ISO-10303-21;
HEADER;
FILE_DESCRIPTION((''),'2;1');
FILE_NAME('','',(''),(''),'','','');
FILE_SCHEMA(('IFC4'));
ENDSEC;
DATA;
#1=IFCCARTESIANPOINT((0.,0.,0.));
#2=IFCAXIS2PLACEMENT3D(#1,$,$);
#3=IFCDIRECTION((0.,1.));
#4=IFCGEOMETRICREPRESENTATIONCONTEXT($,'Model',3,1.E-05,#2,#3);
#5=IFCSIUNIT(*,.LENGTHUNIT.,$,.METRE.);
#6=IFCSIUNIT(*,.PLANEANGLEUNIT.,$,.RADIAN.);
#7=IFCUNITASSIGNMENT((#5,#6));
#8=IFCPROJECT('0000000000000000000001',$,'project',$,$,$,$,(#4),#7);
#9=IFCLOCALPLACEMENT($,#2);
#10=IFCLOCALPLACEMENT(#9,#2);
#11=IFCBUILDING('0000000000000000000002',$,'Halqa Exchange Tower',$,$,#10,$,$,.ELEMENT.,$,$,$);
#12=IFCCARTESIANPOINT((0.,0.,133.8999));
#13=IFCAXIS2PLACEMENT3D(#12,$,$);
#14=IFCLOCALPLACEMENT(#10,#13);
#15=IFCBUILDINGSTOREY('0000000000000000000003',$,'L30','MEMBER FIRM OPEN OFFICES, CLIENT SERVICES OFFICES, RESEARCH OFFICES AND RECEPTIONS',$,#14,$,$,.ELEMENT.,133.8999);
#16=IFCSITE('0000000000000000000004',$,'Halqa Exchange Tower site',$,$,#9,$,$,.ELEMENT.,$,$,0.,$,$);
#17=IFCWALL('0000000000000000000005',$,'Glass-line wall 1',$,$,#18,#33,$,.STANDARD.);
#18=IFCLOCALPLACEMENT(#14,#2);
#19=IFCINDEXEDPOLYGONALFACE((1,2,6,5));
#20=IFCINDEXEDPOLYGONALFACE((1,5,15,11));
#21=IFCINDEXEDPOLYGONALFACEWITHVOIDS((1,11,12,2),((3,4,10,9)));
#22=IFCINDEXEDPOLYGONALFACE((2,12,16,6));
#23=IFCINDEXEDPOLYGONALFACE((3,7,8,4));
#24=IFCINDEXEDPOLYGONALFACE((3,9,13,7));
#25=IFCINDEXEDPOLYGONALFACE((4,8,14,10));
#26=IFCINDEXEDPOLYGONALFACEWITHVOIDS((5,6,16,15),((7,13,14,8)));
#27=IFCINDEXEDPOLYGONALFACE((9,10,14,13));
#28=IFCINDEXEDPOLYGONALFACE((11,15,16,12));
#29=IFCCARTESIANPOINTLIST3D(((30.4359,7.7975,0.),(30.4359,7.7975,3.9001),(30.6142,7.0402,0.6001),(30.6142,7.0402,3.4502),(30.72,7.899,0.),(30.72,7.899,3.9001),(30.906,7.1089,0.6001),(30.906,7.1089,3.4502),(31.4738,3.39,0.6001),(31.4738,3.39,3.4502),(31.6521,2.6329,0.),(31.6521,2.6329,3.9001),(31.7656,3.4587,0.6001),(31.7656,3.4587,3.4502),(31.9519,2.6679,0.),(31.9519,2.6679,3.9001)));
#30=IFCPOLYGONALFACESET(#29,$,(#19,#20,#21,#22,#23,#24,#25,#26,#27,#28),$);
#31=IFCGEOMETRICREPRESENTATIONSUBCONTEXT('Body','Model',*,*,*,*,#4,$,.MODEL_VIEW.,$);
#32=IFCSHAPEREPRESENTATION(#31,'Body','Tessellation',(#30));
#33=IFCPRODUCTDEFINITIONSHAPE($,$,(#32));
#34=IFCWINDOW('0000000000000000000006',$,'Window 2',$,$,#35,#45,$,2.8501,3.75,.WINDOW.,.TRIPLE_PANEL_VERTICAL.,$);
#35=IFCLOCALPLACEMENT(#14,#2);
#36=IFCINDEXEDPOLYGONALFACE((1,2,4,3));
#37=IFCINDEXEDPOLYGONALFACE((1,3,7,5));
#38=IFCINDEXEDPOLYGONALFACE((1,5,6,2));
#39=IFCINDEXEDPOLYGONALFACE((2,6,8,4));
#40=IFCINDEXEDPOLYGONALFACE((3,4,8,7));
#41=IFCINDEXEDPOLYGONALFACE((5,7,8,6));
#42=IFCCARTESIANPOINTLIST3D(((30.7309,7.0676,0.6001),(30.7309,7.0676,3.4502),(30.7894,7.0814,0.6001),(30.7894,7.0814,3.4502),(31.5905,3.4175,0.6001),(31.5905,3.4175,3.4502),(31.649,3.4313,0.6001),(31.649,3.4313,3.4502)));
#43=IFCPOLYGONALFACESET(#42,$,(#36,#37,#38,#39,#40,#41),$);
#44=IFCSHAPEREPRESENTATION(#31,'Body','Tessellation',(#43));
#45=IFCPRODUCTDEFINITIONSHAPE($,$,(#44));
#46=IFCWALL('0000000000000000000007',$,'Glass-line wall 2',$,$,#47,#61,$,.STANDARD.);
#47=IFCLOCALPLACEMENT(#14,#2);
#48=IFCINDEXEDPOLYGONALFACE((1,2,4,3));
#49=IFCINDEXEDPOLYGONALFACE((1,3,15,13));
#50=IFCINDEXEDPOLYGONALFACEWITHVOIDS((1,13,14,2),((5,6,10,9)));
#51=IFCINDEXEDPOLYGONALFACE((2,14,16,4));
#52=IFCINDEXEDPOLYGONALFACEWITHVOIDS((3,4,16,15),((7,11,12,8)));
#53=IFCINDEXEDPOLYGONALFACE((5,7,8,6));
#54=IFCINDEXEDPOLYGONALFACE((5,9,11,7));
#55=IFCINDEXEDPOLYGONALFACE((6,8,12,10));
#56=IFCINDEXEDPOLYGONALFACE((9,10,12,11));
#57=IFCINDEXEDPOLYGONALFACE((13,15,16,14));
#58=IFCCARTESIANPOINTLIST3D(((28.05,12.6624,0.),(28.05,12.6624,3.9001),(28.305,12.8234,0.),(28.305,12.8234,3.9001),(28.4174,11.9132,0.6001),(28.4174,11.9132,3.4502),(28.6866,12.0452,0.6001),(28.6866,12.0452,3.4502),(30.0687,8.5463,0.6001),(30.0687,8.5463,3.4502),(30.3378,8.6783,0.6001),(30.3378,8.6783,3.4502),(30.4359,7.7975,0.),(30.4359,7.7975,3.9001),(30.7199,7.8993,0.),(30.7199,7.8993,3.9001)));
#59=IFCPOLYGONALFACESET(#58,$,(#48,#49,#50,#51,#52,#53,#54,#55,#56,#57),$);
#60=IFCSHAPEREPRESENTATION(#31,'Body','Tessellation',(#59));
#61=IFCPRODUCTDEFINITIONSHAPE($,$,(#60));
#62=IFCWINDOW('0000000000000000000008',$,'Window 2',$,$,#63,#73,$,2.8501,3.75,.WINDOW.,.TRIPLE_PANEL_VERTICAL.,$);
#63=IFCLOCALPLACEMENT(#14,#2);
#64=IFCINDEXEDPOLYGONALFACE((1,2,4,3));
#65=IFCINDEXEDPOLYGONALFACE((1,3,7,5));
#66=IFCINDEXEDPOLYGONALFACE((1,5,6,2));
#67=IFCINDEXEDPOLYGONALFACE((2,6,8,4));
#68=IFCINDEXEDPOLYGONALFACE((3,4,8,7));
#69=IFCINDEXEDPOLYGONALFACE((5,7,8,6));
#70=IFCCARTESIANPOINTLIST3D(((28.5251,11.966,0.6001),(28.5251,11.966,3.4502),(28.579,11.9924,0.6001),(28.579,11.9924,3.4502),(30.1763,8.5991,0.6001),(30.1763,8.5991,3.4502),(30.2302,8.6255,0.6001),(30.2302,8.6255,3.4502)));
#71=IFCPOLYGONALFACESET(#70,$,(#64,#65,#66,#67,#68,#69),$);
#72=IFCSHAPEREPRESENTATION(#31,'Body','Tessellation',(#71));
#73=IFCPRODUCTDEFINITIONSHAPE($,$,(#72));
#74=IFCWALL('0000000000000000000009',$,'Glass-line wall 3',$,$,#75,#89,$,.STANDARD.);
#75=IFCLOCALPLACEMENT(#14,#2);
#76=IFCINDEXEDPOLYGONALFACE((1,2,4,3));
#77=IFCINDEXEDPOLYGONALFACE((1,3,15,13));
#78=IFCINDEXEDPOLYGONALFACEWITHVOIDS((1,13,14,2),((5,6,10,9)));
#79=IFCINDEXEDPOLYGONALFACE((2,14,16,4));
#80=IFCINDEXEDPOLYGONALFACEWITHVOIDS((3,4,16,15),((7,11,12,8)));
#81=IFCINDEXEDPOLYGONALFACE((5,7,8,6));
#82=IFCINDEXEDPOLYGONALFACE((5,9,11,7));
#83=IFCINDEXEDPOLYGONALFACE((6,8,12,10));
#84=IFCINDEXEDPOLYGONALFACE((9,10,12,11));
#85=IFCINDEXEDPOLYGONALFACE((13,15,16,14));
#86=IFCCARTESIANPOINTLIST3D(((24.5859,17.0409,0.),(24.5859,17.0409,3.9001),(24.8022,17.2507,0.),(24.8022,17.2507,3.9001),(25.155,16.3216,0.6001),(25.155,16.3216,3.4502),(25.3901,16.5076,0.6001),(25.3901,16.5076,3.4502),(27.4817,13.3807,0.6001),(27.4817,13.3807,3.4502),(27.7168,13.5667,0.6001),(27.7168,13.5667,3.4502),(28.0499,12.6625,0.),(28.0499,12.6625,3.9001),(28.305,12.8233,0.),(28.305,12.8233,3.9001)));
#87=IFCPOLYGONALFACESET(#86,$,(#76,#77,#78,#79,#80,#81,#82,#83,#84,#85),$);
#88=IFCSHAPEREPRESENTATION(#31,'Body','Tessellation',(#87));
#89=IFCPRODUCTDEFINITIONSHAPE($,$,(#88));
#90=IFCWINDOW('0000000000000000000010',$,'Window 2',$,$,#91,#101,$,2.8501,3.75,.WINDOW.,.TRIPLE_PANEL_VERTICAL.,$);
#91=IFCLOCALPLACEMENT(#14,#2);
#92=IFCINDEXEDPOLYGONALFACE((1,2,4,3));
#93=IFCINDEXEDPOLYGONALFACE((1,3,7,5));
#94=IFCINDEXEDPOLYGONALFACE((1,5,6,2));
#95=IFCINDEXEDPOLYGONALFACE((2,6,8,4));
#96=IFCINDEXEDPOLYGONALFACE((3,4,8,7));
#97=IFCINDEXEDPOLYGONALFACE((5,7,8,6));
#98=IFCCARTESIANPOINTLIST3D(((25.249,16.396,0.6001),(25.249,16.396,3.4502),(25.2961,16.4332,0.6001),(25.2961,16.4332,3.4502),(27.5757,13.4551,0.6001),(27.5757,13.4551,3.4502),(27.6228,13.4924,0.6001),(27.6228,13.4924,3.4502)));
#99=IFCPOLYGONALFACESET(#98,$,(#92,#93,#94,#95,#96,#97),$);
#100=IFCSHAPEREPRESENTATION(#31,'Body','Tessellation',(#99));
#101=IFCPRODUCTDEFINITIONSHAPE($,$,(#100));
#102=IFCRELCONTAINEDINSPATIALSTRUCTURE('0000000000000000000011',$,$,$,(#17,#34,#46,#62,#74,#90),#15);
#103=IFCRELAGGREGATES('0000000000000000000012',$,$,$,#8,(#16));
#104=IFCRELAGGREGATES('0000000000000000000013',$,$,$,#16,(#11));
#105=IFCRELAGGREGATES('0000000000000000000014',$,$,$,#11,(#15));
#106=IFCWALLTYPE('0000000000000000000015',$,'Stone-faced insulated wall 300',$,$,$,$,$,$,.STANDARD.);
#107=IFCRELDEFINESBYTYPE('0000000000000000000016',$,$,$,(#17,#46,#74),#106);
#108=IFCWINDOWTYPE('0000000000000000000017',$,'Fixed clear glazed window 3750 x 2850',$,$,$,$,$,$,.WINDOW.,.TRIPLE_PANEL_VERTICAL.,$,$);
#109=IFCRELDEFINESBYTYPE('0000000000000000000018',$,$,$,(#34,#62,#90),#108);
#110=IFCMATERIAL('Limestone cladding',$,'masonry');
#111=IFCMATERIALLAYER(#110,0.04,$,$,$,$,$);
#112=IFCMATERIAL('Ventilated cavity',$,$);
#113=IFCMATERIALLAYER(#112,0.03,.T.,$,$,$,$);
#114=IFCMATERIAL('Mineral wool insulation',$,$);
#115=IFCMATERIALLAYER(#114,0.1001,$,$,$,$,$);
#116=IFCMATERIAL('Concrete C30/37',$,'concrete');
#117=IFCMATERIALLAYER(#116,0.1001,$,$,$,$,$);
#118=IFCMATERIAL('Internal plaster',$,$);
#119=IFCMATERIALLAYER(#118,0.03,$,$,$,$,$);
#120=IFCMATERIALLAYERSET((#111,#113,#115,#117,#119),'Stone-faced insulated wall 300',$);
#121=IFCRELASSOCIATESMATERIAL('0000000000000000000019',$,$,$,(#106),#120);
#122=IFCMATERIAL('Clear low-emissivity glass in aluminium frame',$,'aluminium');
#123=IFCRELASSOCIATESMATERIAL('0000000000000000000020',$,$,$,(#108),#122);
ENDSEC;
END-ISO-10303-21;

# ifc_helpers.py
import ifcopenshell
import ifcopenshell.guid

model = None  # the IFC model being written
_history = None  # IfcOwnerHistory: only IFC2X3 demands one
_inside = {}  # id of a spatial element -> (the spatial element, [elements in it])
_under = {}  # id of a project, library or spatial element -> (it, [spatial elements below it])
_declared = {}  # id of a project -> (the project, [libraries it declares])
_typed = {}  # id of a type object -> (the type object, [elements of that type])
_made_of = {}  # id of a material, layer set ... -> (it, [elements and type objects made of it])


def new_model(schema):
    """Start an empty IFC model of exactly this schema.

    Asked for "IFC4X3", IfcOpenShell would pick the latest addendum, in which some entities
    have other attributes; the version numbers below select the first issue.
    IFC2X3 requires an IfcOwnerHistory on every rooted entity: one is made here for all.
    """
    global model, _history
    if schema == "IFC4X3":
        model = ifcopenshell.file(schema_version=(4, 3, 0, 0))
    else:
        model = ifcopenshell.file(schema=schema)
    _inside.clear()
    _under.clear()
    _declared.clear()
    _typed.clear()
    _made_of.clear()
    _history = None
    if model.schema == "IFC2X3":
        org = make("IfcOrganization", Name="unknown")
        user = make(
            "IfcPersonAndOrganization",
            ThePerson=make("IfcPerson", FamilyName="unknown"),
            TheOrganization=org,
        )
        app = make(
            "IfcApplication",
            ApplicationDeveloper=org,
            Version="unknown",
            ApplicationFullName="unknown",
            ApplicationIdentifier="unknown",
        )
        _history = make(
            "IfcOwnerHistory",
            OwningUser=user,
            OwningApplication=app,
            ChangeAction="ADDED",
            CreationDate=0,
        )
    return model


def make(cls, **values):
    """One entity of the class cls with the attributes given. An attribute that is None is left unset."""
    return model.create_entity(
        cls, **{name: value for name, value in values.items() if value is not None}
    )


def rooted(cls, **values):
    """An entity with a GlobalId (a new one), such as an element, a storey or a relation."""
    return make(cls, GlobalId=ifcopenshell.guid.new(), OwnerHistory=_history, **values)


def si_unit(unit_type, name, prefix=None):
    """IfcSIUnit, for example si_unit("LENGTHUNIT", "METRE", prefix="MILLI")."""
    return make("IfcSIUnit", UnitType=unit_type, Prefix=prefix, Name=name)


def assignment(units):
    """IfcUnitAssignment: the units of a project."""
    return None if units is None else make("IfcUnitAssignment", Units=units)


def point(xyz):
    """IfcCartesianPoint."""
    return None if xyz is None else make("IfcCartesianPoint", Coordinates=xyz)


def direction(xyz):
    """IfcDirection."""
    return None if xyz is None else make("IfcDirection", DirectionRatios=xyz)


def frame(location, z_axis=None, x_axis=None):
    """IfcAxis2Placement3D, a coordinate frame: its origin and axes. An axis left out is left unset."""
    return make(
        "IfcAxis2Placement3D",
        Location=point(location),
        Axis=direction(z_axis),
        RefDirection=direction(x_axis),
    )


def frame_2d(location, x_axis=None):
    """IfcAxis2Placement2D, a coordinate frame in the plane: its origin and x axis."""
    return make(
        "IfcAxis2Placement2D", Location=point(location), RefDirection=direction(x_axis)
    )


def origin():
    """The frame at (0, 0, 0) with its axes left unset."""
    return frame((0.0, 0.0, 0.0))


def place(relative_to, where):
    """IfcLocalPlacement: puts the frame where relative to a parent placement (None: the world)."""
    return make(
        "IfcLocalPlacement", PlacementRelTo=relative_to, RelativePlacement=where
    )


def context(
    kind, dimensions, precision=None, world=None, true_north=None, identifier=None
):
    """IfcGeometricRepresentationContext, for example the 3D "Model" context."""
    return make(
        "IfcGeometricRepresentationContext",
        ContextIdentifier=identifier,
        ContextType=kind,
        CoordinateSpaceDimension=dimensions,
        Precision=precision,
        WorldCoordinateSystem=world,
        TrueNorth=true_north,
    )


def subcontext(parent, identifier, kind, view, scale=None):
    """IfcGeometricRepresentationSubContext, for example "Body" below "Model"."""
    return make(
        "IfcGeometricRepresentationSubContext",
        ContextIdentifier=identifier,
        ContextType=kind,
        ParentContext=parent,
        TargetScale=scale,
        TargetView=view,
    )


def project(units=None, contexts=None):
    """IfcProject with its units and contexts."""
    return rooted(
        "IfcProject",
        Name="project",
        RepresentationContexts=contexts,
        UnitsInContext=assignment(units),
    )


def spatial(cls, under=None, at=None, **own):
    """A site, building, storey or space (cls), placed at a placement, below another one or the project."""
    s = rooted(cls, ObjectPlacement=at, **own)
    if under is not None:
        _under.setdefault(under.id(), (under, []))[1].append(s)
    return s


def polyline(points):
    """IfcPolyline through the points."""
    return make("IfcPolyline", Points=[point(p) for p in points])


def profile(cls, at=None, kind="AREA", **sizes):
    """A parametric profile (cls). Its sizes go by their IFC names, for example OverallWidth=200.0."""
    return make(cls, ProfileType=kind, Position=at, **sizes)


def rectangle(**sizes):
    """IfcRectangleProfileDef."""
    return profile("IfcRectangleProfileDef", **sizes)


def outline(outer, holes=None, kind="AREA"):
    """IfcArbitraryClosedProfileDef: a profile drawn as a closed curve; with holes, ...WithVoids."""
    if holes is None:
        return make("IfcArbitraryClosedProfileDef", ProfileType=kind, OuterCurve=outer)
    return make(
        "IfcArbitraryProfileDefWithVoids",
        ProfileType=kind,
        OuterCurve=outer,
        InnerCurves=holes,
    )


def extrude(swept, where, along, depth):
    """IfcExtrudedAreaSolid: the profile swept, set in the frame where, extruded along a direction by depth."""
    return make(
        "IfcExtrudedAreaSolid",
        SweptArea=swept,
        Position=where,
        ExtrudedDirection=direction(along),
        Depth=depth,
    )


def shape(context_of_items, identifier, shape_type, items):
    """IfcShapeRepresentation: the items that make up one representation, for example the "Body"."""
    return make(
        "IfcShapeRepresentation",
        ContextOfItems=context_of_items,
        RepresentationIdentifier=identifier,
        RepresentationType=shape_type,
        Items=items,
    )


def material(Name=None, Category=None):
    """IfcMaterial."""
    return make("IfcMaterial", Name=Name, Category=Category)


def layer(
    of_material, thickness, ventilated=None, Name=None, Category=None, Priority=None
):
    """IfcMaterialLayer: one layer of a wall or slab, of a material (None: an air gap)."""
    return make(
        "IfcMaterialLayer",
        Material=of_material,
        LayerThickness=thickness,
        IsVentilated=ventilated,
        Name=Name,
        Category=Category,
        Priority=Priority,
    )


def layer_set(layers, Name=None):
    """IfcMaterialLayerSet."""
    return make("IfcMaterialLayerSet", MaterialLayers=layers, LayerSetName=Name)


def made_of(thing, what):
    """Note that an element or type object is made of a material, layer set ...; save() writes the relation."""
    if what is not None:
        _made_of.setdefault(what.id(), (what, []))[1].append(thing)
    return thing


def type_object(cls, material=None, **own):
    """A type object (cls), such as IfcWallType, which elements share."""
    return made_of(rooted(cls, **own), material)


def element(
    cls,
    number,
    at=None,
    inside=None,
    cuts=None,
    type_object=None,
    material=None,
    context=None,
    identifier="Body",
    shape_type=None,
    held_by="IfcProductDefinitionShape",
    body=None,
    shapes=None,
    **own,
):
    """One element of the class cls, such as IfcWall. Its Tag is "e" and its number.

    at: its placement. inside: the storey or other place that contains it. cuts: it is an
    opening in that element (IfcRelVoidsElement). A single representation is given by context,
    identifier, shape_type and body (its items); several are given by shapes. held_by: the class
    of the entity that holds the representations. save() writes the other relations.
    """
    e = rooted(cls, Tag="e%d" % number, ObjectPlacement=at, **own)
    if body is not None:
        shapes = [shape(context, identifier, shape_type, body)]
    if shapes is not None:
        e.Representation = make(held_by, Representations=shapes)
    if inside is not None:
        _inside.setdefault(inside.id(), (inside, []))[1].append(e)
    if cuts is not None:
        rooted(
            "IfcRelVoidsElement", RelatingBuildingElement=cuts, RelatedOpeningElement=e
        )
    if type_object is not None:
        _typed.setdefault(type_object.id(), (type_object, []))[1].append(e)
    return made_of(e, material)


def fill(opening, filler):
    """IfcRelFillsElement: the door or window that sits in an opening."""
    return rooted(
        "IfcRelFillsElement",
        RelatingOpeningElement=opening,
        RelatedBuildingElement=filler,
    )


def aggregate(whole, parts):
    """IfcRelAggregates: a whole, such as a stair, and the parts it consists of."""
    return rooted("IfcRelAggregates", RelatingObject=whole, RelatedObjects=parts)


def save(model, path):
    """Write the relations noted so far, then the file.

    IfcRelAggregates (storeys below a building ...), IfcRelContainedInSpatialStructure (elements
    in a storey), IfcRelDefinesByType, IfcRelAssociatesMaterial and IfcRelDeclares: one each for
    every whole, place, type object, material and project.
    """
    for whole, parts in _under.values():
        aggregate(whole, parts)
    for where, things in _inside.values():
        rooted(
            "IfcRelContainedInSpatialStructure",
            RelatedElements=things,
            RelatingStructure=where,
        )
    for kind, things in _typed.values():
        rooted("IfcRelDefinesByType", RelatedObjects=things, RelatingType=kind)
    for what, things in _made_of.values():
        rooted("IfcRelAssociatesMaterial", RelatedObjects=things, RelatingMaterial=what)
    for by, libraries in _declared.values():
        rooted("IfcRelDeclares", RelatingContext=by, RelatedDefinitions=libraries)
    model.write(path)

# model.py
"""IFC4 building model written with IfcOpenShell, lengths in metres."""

from ifc_helpers import new_model, si_unit, direction, frame, frame_2d, origin, place, context, subcontext, project, spatial, polyline, rectangle, outline, extrude, material, layer, layer_set, type_object, element, fill, save


model = new_model("IFC4")

# Units and contexts
model_context = context("Model", 3, precision=1e-05, world=origin(), true_north=direction((0.0, 1.0)))
body_context = subcontext(model_context, "Body", "Model", "MODEL_VIEW")
ifc_project = project(units=[si_unit("LENGTHUNIT", "METRE"), si_unit("PLANEANGLEUNIT", "RADIAN")], contexts=[model_context])

# Site, building, storey
site_placement = place(None, origin())
site = spatial("IfcSite", under=ifc_project, at=site_placement, Name="Halqa Exchange Tower site", CompositionType="ELEMENT", RefElevation=0.0)
building_placement = place(site_placement, origin())
building = spatial("IfcBuilding", under=site, at=building_placement, Name="Halqa Exchange Tower", CompositionType="ELEMENT")
storey_placement = place(building_placement, frame((0.0, 0.0, 133.8999)))
storey = spatial("IfcBuildingStorey", under=building, at=storey_placement, Name="L30", Description="MEMBER FIRM OPEN OFFICES, CLIENT SERVICES OFFICES, RESEARCH OFFICES AND RECEPTIONS", CompositionType="ELEMENT", Elevation=133.8999)

# Walls, openings, windows
ifc_material_1 = material(Name="Limestone cladding", Category="masonry")
ifc_layer_1 = layer(ifc_material_1, 0.04)
ifc_material_2 = material(Name="Ventilated cavity")
ifc_layer_2 = layer(ifc_material_2, 0.03, ventilated=True)
ifc_material_3 = material(Name="Mineral wool insulation")
ifc_layer_3 = layer(ifc_material_3, 0.1001)
ifc_material_4 = material(Name="Concrete C30/37", Category="concrete")
ifc_layer_4 = layer(ifc_material_4, 0.1001)
ifc_material_5 = material(Name="Internal plaster")
ifc_layer_5 = layer(ifc_material_5, 0.03)
ifc_layer_set_1 = layer_set([ifc_layer_1, ifc_layer_2, ifc_layer_3, ifc_layer_4, ifc_layer_5], Name="Stone-faced insulated wall 300")
wall_type_1 = type_object("IfcWallType", Name="Stone-faced insulated wall 300", PredefinedType="STANDARD", material=ifc_layer_set_1)
wall_1_placement = place(storey_placement, frame((31.802, 2.6504, 0.0), z_axis=(0.0, 0.0, 1.0), x_axis=(-0.229228, 0.973373, 0.0)))
wall_1 = element("IfcWall", 1, at=wall_1_placement, inside=storey, type_object=wall_type_1, Name="Glass-line wall 1", PredefinedType="STANDARD", context=body_context, shape_type="SweptSolid", body=[
    extrude(outline(polyline([(-0.0173, -0.1499), (5.3569, -0.1499), (5.3232, 0.1499), (0.0173, 0.1499), (-0.0173, -0.1499)])), origin(), (0.0, 0.0, 1.0), 3.9001),
])
opening_1_placement = place(wall_1_placement, frame((0.7952, 0.0, 0.6001)))
opening_1 = element("IfcOpeningElement", 2, at=opening_1_placement, cuts=wall_1, PredefinedType="OPENING", context=body_context, shape_type="SweptSolid", body=[
    extrude(rectangle(XDim=3.75, YDim=2.8501, at=frame_2d((1.875, 1.425))), frame((0.0, 0.1621, 0.0), z_axis=(0.0, -1.0, 0.0), x_axis=(1.0, 0.0, 0.0)), (0.0, 0.0, 1.0), 0.324),
])
ifc_material_6 = material(Name="Clear low-emissivity glass in aluminium frame", Category="aluminium")
window_type = type_object("IfcWindowType", Name="Fixed clear glazed window 3750 x 2850", PartitioningType="TRIPLE_PANEL_VERTICAL", PredefinedType="WINDOW", material=ifc_material_6)
window_1_placement = place(opening_1_placement, origin())
window_1 = element("IfcWindow", 3, at=window_1_placement, inside=storey, type_object=window_type, Name="Window 2", OverallHeight=2.8501, OverallWidth=3.75, PartitioningType="TRIPLE_PANEL_VERTICAL", PredefinedType="WINDOW", context=body_context, shape_type="SweptSolid", body=[
    extrude(rectangle(XDim=3.75, YDim=2.8501, at=frame_2d((1.875, 1.425))), frame((0.0, 0.03, 0.0), z_axis=(0.0, -1.0, 0.0), x_axis=(1.0, 0.0, 0.0)), (0.0, 0.0, 1.0), 0.0601),
])
fill(opening_1, window_1)
wall_2_placement = place(storey_placement, frame((30.5779, 7.8484, 0.0), z_axis=(0.0, 0.0, 1.0), x_axis=(-0.440321, 0.89784, 0.0)))
wall_2 = element("IfcWall", 4, at=wall_2_placement, inside=storey, type_object=wall_type_1, Name="Glass-line wall 2", PredefinedType="STANDARD", context=body_context, shape_type="SweptSolid", body=[
    extrude(outline(polyline([(-0.0168, -0.1499), (5.4675, -0.1499), (5.4353, 0.1499), (0.0168, 0.1499), (-0.0168, -0.1499)])), origin(), (0.0, 0.0, 1.0), 3.9001),
])
opening_2_placement = place(wall_2_placement, frame((0.8508, 0.0, 0.6001)))
opening_2 = element("IfcOpeningElement", 5, at=opening_2_placement, cuts=wall_2, PredefinedType="OPENING", context=body_context, shape_type="SweptSolid", body=[
    extrude(rectangle(XDim=3.75, YDim=2.8501, at=frame_2d((1.875, 1.425))), frame((0.0, 0.1621, 0.0), z_axis=(0.0, -1.0, 0.0), x_axis=(1.0, 0.0, 0.0)), (0.0, 0.0, 1.0), 0.324),
])
window_2_placement = place(opening_2_placement, origin())
window_2 = element("IfcWindow", 6, at=window_2_placement, inside=storey, type_object=window_type, Name="Window 2", OverallHeight=2.8501, OverallWidth=3.75, PartitioningType="TRIPLE_PANEL_VERTICAL", PredefinedType="WINDOW", context=body_context, shape_type="SweptSolid", body=[
    extrude(rectangle(XDim=3.75, YDim=2.8501, at=frame_2d((1.875, 1.425))), frame((0.0, 0.03, 0.0), z_axis=(0.0, -1.0, 0.0), x_axis=(1.0, 0.0, 0.0)), (0.0, 0.0, 1.0), 0.0601),
])
fill(opening_2, window_2)
wall_3_placement = place(storey_placement, frame((28.1775, 12.7429, 0.0), z_axis=(0.0, 0.0, 1.0), x_axis=(-0.620465, 0.784234, 0.0)))
wall_3 = element("IfcWall", 7, at=wall_3_placement, inside=storey, type_object=wall_type_1, Name="Glass-line wall 3", PredefinedType="STANDARD", context=body_context, shape_type="SweptSolid", body=[
    extrude(outline(polyline([(-0.0161, -0.1499), (5.6294, -0.1499), (5.5991, 0.1499), (0.0161, 0.1499), (-0.0161, -0.1499)])), origin(), (0.0, 0.0, 1.0), 3.9001),
])
opening_3_placement = place(wall_3_placement, frame((0.9319, 0.0, 0.6001)))
opening_3 = element("IfcOpeningElement", 8, at=opening_3_placement, cuts=wall_3, PredefinedType="OPENING", context=body_context, shape_type="SweptSolid", body=[
    extrude(rectangle(XDim=3.75, YDim=2.8501, at=frame_2d((1.875, 1.425))), frame((0.0, 0.1621, 0.0), z_axis=(0.0, -1.0, 0.0), x_axis=(1.0, 0.0, 0.0)), (0.0, 0.0, 1.0), 0.324),
])
window_3_placement = place(opening_3_placement, origin())
window_3 = element("IfcWindow", 9, at=window_3_placement, inside=storey, type_object=window_type, Name="Window 2", OverallHeight=2.8501, OverallWidth=3.75, PartitioningType="TRIPLE_PANEL_VERTICAL", PredefinedType="WINDOW", context=body_context, shape_type="SweptSolid", body=[
    extrude(rectangle(XDim=3.75, YDim=2.8501, at=frame_2d((1.875, 1.425))), frame((0.0, 0.03, 0.0), z_axis=(0.0, -1.0, 0.0), x_axis=(1.0, 0.0, 0.0)), (0.0, 0.0, 1.0), 0.0601),
])
fill(opening_3, window_3)

save(model, "model.ifc")
